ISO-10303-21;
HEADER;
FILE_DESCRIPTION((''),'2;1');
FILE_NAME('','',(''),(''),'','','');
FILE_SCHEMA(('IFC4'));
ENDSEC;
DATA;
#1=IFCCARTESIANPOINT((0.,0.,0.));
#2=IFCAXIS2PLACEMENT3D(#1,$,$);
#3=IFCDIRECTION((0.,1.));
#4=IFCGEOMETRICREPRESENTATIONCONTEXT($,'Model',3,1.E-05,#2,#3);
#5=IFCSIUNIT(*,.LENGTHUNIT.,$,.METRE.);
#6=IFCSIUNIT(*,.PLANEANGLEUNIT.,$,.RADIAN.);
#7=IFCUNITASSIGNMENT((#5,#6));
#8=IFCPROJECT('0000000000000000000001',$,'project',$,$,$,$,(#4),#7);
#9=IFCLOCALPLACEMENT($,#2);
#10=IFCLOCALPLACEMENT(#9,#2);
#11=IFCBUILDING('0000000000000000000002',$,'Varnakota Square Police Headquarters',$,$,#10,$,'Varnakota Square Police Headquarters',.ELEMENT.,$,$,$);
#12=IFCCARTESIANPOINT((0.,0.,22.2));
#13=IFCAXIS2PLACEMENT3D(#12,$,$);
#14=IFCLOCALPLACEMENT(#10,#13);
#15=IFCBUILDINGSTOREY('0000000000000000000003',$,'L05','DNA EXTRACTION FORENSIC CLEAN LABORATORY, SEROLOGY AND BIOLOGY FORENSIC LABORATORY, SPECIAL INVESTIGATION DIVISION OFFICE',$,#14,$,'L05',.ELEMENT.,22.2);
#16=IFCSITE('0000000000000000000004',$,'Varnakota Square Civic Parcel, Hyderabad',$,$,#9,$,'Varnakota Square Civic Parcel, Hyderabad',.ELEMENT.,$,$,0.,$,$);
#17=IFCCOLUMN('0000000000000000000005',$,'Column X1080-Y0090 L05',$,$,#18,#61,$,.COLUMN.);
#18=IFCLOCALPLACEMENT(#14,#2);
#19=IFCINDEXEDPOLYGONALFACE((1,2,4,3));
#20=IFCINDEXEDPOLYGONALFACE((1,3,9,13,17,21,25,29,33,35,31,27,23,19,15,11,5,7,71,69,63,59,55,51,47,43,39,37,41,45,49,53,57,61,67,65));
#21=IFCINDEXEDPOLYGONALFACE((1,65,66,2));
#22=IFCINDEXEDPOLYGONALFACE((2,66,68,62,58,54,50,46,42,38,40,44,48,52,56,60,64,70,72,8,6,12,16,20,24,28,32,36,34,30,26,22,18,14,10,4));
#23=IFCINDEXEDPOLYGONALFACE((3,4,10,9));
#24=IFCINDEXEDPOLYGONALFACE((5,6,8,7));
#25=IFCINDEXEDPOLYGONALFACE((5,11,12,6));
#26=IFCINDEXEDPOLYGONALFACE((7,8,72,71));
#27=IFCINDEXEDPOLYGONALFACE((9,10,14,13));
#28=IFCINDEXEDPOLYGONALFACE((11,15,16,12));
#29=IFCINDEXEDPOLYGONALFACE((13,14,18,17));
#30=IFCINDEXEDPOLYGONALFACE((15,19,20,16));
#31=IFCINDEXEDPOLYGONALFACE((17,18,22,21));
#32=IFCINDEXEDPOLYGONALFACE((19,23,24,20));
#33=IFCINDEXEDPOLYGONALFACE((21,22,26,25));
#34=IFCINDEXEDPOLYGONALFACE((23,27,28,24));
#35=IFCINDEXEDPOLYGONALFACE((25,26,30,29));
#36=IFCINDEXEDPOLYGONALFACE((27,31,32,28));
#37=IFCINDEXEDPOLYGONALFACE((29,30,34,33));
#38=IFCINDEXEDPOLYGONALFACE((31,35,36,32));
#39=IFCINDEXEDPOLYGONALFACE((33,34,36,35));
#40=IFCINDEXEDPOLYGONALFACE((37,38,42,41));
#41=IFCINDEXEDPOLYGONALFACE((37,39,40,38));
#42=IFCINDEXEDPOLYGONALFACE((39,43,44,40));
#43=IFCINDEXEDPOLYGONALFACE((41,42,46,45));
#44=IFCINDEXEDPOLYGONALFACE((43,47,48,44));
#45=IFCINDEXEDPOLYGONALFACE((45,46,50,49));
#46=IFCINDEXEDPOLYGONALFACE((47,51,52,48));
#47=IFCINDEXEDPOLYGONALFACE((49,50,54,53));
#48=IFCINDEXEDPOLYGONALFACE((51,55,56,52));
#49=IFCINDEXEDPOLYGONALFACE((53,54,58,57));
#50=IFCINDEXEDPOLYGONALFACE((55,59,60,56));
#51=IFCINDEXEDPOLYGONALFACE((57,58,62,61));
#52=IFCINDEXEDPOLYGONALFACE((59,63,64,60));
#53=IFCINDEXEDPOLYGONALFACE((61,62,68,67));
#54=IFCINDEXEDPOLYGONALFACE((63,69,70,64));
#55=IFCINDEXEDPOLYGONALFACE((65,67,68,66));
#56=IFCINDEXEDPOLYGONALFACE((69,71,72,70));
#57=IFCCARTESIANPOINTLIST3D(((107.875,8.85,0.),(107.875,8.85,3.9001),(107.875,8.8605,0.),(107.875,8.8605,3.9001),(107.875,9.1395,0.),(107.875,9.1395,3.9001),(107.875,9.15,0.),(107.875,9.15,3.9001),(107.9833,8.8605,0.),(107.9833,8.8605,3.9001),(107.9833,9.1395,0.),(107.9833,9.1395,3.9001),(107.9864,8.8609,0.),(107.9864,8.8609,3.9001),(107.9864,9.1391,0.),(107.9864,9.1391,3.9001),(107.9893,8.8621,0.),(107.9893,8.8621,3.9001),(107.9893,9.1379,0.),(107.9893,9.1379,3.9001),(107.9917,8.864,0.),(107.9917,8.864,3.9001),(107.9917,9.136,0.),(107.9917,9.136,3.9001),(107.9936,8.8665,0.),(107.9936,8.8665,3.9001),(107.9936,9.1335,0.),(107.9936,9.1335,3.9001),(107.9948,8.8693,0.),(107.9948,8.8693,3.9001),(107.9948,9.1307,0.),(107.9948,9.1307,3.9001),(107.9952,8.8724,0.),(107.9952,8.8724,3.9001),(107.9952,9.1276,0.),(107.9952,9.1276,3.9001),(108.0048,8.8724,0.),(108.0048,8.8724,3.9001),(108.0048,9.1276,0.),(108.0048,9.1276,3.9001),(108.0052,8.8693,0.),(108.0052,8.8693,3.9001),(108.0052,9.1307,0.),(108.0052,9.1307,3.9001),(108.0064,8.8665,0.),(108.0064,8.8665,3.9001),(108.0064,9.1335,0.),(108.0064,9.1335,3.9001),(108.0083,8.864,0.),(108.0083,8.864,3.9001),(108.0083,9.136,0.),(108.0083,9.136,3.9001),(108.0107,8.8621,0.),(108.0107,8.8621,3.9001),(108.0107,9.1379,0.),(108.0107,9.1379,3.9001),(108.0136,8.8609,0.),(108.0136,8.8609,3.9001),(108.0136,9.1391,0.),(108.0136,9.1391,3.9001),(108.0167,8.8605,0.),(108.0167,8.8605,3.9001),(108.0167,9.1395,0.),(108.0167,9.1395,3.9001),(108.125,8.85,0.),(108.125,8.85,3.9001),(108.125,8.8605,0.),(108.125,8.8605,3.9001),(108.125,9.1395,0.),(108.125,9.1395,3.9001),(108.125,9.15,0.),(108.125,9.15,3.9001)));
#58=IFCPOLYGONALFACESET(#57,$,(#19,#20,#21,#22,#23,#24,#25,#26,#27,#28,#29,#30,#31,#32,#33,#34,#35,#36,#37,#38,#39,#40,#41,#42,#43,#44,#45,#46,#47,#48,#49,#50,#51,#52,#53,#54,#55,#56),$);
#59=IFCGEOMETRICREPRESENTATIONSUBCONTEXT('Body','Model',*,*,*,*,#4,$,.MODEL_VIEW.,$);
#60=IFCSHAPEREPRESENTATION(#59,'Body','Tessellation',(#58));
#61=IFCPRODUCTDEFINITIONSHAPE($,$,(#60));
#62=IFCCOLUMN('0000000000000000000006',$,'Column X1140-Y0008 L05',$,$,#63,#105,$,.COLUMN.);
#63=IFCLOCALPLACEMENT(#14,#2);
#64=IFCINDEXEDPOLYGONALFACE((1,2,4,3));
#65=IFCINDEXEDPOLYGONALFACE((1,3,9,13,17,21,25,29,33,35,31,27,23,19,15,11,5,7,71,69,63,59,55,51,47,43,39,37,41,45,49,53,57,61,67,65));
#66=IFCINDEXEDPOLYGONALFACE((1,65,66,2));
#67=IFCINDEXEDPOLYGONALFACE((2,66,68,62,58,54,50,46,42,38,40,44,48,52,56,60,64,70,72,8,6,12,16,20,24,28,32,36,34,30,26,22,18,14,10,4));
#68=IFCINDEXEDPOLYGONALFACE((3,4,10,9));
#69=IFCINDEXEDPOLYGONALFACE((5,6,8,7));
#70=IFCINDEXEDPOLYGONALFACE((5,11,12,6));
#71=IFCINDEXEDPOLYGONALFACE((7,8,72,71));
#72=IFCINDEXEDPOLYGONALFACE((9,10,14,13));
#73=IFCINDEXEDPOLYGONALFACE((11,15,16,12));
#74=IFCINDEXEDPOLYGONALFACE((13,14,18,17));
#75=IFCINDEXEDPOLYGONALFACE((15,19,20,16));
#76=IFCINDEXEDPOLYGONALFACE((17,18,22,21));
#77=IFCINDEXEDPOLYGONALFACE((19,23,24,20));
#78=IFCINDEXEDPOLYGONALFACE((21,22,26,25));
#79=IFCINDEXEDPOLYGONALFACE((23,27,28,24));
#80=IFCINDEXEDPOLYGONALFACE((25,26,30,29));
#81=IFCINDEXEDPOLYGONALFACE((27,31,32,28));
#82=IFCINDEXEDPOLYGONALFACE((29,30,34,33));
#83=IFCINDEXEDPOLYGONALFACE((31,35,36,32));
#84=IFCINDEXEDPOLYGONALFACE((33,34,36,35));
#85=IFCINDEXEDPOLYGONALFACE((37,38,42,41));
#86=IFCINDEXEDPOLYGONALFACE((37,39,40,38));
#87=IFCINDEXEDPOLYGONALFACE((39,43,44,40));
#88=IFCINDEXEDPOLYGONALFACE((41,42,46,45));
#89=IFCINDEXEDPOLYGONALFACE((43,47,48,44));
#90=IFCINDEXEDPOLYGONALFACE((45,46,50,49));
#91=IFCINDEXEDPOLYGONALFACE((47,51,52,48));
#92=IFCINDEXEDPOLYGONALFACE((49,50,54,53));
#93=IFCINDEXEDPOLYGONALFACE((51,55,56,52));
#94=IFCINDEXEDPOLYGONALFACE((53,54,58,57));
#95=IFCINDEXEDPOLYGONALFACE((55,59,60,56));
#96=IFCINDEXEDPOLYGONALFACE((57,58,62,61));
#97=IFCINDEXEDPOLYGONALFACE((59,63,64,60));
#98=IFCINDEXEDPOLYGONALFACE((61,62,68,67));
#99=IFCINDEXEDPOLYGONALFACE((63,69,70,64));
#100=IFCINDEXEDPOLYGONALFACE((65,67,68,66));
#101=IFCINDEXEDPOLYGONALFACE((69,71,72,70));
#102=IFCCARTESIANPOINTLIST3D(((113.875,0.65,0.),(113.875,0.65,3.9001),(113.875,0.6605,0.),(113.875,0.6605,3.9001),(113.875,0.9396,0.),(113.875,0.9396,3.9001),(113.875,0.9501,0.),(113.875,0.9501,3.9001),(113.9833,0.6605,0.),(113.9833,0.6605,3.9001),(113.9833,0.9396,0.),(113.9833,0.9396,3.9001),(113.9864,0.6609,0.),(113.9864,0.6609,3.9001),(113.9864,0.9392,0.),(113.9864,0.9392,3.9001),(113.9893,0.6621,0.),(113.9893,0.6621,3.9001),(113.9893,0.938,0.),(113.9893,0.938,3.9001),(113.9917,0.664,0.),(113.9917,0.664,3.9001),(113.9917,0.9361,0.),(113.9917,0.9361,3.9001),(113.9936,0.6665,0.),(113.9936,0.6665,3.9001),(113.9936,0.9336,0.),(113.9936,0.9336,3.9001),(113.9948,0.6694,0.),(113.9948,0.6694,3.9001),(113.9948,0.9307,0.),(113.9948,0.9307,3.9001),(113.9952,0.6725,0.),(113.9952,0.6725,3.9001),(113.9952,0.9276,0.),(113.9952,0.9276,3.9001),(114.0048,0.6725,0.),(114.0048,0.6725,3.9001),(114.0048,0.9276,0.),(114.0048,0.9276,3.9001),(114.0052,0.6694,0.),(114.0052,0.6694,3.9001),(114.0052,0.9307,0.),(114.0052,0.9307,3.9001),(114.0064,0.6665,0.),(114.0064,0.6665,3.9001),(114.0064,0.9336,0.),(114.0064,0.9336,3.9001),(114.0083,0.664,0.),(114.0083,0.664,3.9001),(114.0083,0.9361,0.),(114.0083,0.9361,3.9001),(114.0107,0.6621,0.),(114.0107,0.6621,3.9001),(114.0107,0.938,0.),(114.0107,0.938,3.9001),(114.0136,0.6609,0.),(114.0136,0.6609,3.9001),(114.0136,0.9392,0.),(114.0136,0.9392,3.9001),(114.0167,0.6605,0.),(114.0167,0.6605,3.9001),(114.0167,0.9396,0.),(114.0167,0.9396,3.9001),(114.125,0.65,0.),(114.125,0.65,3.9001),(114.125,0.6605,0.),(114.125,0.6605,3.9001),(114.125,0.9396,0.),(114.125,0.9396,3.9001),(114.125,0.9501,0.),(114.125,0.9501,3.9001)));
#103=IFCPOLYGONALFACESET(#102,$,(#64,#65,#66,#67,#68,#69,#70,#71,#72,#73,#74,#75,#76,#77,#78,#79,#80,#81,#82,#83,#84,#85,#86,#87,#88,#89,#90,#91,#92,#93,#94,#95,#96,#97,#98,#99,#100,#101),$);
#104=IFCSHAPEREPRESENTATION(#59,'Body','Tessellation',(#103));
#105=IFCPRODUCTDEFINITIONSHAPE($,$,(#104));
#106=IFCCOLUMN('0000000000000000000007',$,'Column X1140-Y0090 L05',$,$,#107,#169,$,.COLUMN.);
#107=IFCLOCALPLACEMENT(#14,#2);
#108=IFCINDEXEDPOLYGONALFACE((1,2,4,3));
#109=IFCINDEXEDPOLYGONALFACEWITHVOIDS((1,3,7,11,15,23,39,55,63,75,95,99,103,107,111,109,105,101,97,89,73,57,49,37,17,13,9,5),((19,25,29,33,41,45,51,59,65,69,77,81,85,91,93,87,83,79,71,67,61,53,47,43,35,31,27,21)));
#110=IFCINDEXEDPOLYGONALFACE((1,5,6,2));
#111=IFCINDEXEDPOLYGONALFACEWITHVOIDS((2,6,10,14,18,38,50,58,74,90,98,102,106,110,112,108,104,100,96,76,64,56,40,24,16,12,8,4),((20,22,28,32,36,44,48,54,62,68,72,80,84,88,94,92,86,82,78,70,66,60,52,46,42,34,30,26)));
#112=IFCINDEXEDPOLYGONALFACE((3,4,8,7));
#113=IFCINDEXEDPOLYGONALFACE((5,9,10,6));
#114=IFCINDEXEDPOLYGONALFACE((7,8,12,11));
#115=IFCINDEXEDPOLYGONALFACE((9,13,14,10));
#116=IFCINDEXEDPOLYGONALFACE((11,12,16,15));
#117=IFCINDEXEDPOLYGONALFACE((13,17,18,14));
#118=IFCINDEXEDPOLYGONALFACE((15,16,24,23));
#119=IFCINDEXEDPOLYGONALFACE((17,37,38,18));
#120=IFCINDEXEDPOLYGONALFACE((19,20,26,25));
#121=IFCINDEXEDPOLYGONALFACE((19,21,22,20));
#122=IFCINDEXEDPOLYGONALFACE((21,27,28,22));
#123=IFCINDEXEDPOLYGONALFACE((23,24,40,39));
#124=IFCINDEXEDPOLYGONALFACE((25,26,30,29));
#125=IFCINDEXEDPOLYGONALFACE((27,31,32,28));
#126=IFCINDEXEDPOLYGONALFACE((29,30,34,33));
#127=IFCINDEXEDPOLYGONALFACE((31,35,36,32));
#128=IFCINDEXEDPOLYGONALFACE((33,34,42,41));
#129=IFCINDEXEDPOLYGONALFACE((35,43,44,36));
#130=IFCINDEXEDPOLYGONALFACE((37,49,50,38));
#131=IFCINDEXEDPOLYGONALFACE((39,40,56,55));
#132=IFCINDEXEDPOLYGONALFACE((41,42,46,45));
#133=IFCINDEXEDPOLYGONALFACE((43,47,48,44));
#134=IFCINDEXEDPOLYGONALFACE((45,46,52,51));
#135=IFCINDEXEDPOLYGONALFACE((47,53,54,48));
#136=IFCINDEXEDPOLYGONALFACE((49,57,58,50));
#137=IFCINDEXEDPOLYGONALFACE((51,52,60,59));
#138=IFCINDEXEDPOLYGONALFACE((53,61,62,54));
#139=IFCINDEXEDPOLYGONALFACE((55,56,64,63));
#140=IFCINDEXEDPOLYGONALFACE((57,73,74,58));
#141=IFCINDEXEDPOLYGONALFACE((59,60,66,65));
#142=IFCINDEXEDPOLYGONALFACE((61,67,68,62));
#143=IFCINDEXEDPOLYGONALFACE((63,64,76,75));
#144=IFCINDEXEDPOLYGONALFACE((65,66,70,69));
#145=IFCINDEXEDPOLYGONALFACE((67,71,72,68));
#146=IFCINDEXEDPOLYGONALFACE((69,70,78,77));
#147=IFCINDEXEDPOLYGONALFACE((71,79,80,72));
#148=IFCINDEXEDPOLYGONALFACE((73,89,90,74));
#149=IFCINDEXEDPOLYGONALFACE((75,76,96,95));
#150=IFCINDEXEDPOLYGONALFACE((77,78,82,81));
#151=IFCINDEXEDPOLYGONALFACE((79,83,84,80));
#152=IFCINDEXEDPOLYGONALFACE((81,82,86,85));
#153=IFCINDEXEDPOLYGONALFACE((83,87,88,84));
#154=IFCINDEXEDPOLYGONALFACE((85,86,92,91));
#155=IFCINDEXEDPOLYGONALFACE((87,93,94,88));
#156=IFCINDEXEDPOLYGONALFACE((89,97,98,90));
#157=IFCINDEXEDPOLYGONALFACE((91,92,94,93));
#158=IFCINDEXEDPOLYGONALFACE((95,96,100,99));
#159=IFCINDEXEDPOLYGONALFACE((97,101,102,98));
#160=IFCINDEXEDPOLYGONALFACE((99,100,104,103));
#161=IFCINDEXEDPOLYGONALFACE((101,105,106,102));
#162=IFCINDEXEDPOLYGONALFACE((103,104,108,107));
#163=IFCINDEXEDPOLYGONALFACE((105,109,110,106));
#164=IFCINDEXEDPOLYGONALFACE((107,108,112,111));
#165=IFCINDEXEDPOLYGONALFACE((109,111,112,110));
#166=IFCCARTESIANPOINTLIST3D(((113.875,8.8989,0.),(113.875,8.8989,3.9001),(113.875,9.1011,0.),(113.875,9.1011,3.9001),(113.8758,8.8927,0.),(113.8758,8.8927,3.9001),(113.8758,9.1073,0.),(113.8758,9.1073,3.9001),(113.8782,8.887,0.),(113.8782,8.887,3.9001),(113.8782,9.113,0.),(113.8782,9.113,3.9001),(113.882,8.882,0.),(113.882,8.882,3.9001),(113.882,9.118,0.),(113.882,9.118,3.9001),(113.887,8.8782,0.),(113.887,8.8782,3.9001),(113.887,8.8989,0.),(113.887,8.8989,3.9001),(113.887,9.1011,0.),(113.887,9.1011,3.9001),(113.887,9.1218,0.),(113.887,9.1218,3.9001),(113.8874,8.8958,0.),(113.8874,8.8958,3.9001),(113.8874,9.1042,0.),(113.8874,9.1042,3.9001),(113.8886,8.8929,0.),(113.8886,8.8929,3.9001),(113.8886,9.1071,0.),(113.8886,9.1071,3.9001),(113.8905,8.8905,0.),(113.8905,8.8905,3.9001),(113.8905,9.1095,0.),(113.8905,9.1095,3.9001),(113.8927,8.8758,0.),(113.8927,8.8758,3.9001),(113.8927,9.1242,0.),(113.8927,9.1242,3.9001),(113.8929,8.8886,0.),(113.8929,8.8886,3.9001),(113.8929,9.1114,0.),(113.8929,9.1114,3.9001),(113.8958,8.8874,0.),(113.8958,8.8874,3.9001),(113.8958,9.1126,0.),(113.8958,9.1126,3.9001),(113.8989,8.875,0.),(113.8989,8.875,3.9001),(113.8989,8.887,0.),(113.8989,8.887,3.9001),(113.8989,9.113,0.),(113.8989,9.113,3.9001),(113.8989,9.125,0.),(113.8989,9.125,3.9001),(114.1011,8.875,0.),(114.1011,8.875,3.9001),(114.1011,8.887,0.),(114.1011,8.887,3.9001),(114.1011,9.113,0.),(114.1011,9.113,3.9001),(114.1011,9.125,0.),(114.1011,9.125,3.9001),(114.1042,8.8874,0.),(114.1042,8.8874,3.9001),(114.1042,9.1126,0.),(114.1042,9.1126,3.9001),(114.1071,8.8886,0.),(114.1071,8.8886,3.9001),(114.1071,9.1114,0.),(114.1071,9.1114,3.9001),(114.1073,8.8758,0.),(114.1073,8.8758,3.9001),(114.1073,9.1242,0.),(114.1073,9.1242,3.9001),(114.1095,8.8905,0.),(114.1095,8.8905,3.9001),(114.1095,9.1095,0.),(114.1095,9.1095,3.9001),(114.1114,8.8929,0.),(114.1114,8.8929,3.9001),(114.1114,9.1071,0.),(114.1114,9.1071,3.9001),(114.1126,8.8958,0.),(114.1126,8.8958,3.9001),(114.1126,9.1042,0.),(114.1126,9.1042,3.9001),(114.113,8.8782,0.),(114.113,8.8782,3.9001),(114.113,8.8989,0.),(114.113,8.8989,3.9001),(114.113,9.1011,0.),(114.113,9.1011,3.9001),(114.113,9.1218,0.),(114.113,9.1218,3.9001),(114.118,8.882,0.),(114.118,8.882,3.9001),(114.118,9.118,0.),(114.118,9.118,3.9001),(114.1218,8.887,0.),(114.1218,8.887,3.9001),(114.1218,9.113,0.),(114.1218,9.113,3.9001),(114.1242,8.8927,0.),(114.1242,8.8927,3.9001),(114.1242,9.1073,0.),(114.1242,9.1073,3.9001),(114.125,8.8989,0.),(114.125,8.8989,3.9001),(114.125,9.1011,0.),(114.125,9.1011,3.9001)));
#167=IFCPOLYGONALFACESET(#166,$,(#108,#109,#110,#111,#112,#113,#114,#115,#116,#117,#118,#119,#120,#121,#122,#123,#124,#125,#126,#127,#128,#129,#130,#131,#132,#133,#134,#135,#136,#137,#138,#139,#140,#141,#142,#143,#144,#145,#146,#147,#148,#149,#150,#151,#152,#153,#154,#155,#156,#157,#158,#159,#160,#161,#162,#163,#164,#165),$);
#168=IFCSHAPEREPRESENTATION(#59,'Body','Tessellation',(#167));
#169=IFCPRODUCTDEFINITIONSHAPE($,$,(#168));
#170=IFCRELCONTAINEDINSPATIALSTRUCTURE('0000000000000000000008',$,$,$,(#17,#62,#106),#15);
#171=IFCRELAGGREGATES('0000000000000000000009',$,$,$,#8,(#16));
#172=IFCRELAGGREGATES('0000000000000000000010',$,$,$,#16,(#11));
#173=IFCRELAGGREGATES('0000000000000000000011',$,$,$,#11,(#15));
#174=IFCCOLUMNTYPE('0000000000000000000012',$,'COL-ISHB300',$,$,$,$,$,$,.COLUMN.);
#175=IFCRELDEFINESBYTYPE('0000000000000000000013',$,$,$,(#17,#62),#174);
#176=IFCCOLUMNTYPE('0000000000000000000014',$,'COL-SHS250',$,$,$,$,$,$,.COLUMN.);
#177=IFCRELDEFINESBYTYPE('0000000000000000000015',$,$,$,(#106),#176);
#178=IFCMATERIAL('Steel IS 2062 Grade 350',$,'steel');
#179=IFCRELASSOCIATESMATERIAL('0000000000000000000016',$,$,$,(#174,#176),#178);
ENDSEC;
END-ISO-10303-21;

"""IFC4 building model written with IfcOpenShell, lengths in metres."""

from ifc_helpers import new_model, si_unit, direction, frame, origin, origin_2d, place, context, subcontext, project, spatial, hollow_rectangle, i_section, extrude, material, material_profile, profile_set, type_object, element, save


model = new_model("IFC4")

# Units and contexts
model_context = context("Model", 3, precision=1e-05, world=origin(), true_north=direction((0.0, 1.0)))
body_context = subcontext(model_context, "Body", "Model", "MODEL_VIEW")
ifc_project = project(units=[si_unit("LENGTHUNIT", "METRE"), si_unit("PLANEANGLEUNIT", "RADIAN")], contexts=[model_context])

# Site, building, storey
site_placement = place(None, origin())
site = spatial("IfcSite", under=ifc_project, at=site_placement, Name="Varnakota Square Civic Parcel, Hyderabad", LongName="Varnakota Square Civic Parcel, Hyderabad", CompositionType="ELEMENT", RefElevation=0.0)
building_placement = place(site_placement, origin())
building = spatial("IfcBuilding", under=site, at=building_placement, Name="Varnakota Square Police Headquarters", LongName="Varnakota Square Police Headquarters", CompositionType="ELEMENT")
storey_placement = place(building_placement, frame((0.0, 0.0, 22.2)))
storey = spatial("IfcBuildingStorey", under=building, at=storey_placement, Name="L05", Description="DNA EXTRACTION FORENSIC CLEAN LABORATORY, SEROLOGY AND BIOLOGY FORENSIC LABORATORY, SPECIAL INVESTIGATION DIVISION OFFICE", LongName="L05", CompositionType="ELEMENT", Elevation=22.2)

# Columns
ifc_material_1 = material(Name="Steel IS 2062 Grade 350", Category="steel")
ifc_material_profile_1 = material_profile(ifc_material_1, i_section(OverallWidth=0.25, OverallDepth=0.3, WebThickness=0.0095, FlangeThickness=0.0105, FilletRadius=0.012, at=origin_2d()), Name="ISHB 300")
ifc_profile_set_1 = profile_set([ifc_material_profile_1], Name="Steel IS 2062 Grade 350")
column_type_1 = type_object("IfcColumnType", Name="COL-ISHB300", PredefinedType="COLUMN", material=ifc_profile_set_1)
for number, where, z_axis, x_axis, name in (
    (1, (108.0, 9.0, 0.0), (0.0, 0.0, 1.0), (1.0, 0.0, 0.0), "Column X1080-Y0090 L05"),
    (2, (114.0, 0.8, 0.0), (0.0, 0.0, 1.0), (1.0, 0.0, 0.0), "Column X1140-Y0008 L05"),
):
    element("IfcColumn", number, at=place(storey_placement, frame(where, z_axis=z_axis, x_axis=x_axis)), inside=storey, type_object=column_type_1, Name=name, PredefinedType="COLUMN", context=body_context, shape_type="SweptSolid", body=[
        extrude(i_section(OverallWidth=0.25, OverallDepth=0.3, WebThickness=0.0095, FlangeThickness=0.0105, FilletRadius=0.012, at=origin_2d()), origin(), (0.0, 0.0, 1.0), 3.9001),
    ])
ifc_material_profile_2 = material_profile(ifc_material_1, hollow_rectangle(XDim=0.25, YDim=0.25, WallThickness=0.012, InnerFilletRadius=0.012, OuterFilletRadius=0.0239, at=origin_2d()), Name="SHS 250x250x12")
ifc_profile_set_2 = profile_set([ifc_material_profile_2], Name="Steel IS 2062 Grade 350")
column_type_2 = type_object("IfcColumnType", Name="COL-SHS250", PredefinedType="COLUMN", material=ifc_profile_set_2)
column_placement = place(storey_placement, frame((114.0, 9.0, 0.0), z_axis=(0.0, 0.0, 1.0), x_axis=(1.0, 0.0, 0.0)))
element("IfcColumn", 3, at=column_placement, inside=storey, type_object=column_type_2, Name="Column X1140-Y0090 L05", PredefinedType="COLUMN", context=body_context, shape_type="SweptSolid", body=[
    extrude(hollow_rectangle(XDim=0.25, YDim=0.25, WallThickness=0.012, InnerFilletRadius=0.012, OuterFilletRadius=0.0239, at=origin_2d()), origin(), (0.0, 0.0, 1.0), 3.9001),
])

save(model, "model.ifc")
